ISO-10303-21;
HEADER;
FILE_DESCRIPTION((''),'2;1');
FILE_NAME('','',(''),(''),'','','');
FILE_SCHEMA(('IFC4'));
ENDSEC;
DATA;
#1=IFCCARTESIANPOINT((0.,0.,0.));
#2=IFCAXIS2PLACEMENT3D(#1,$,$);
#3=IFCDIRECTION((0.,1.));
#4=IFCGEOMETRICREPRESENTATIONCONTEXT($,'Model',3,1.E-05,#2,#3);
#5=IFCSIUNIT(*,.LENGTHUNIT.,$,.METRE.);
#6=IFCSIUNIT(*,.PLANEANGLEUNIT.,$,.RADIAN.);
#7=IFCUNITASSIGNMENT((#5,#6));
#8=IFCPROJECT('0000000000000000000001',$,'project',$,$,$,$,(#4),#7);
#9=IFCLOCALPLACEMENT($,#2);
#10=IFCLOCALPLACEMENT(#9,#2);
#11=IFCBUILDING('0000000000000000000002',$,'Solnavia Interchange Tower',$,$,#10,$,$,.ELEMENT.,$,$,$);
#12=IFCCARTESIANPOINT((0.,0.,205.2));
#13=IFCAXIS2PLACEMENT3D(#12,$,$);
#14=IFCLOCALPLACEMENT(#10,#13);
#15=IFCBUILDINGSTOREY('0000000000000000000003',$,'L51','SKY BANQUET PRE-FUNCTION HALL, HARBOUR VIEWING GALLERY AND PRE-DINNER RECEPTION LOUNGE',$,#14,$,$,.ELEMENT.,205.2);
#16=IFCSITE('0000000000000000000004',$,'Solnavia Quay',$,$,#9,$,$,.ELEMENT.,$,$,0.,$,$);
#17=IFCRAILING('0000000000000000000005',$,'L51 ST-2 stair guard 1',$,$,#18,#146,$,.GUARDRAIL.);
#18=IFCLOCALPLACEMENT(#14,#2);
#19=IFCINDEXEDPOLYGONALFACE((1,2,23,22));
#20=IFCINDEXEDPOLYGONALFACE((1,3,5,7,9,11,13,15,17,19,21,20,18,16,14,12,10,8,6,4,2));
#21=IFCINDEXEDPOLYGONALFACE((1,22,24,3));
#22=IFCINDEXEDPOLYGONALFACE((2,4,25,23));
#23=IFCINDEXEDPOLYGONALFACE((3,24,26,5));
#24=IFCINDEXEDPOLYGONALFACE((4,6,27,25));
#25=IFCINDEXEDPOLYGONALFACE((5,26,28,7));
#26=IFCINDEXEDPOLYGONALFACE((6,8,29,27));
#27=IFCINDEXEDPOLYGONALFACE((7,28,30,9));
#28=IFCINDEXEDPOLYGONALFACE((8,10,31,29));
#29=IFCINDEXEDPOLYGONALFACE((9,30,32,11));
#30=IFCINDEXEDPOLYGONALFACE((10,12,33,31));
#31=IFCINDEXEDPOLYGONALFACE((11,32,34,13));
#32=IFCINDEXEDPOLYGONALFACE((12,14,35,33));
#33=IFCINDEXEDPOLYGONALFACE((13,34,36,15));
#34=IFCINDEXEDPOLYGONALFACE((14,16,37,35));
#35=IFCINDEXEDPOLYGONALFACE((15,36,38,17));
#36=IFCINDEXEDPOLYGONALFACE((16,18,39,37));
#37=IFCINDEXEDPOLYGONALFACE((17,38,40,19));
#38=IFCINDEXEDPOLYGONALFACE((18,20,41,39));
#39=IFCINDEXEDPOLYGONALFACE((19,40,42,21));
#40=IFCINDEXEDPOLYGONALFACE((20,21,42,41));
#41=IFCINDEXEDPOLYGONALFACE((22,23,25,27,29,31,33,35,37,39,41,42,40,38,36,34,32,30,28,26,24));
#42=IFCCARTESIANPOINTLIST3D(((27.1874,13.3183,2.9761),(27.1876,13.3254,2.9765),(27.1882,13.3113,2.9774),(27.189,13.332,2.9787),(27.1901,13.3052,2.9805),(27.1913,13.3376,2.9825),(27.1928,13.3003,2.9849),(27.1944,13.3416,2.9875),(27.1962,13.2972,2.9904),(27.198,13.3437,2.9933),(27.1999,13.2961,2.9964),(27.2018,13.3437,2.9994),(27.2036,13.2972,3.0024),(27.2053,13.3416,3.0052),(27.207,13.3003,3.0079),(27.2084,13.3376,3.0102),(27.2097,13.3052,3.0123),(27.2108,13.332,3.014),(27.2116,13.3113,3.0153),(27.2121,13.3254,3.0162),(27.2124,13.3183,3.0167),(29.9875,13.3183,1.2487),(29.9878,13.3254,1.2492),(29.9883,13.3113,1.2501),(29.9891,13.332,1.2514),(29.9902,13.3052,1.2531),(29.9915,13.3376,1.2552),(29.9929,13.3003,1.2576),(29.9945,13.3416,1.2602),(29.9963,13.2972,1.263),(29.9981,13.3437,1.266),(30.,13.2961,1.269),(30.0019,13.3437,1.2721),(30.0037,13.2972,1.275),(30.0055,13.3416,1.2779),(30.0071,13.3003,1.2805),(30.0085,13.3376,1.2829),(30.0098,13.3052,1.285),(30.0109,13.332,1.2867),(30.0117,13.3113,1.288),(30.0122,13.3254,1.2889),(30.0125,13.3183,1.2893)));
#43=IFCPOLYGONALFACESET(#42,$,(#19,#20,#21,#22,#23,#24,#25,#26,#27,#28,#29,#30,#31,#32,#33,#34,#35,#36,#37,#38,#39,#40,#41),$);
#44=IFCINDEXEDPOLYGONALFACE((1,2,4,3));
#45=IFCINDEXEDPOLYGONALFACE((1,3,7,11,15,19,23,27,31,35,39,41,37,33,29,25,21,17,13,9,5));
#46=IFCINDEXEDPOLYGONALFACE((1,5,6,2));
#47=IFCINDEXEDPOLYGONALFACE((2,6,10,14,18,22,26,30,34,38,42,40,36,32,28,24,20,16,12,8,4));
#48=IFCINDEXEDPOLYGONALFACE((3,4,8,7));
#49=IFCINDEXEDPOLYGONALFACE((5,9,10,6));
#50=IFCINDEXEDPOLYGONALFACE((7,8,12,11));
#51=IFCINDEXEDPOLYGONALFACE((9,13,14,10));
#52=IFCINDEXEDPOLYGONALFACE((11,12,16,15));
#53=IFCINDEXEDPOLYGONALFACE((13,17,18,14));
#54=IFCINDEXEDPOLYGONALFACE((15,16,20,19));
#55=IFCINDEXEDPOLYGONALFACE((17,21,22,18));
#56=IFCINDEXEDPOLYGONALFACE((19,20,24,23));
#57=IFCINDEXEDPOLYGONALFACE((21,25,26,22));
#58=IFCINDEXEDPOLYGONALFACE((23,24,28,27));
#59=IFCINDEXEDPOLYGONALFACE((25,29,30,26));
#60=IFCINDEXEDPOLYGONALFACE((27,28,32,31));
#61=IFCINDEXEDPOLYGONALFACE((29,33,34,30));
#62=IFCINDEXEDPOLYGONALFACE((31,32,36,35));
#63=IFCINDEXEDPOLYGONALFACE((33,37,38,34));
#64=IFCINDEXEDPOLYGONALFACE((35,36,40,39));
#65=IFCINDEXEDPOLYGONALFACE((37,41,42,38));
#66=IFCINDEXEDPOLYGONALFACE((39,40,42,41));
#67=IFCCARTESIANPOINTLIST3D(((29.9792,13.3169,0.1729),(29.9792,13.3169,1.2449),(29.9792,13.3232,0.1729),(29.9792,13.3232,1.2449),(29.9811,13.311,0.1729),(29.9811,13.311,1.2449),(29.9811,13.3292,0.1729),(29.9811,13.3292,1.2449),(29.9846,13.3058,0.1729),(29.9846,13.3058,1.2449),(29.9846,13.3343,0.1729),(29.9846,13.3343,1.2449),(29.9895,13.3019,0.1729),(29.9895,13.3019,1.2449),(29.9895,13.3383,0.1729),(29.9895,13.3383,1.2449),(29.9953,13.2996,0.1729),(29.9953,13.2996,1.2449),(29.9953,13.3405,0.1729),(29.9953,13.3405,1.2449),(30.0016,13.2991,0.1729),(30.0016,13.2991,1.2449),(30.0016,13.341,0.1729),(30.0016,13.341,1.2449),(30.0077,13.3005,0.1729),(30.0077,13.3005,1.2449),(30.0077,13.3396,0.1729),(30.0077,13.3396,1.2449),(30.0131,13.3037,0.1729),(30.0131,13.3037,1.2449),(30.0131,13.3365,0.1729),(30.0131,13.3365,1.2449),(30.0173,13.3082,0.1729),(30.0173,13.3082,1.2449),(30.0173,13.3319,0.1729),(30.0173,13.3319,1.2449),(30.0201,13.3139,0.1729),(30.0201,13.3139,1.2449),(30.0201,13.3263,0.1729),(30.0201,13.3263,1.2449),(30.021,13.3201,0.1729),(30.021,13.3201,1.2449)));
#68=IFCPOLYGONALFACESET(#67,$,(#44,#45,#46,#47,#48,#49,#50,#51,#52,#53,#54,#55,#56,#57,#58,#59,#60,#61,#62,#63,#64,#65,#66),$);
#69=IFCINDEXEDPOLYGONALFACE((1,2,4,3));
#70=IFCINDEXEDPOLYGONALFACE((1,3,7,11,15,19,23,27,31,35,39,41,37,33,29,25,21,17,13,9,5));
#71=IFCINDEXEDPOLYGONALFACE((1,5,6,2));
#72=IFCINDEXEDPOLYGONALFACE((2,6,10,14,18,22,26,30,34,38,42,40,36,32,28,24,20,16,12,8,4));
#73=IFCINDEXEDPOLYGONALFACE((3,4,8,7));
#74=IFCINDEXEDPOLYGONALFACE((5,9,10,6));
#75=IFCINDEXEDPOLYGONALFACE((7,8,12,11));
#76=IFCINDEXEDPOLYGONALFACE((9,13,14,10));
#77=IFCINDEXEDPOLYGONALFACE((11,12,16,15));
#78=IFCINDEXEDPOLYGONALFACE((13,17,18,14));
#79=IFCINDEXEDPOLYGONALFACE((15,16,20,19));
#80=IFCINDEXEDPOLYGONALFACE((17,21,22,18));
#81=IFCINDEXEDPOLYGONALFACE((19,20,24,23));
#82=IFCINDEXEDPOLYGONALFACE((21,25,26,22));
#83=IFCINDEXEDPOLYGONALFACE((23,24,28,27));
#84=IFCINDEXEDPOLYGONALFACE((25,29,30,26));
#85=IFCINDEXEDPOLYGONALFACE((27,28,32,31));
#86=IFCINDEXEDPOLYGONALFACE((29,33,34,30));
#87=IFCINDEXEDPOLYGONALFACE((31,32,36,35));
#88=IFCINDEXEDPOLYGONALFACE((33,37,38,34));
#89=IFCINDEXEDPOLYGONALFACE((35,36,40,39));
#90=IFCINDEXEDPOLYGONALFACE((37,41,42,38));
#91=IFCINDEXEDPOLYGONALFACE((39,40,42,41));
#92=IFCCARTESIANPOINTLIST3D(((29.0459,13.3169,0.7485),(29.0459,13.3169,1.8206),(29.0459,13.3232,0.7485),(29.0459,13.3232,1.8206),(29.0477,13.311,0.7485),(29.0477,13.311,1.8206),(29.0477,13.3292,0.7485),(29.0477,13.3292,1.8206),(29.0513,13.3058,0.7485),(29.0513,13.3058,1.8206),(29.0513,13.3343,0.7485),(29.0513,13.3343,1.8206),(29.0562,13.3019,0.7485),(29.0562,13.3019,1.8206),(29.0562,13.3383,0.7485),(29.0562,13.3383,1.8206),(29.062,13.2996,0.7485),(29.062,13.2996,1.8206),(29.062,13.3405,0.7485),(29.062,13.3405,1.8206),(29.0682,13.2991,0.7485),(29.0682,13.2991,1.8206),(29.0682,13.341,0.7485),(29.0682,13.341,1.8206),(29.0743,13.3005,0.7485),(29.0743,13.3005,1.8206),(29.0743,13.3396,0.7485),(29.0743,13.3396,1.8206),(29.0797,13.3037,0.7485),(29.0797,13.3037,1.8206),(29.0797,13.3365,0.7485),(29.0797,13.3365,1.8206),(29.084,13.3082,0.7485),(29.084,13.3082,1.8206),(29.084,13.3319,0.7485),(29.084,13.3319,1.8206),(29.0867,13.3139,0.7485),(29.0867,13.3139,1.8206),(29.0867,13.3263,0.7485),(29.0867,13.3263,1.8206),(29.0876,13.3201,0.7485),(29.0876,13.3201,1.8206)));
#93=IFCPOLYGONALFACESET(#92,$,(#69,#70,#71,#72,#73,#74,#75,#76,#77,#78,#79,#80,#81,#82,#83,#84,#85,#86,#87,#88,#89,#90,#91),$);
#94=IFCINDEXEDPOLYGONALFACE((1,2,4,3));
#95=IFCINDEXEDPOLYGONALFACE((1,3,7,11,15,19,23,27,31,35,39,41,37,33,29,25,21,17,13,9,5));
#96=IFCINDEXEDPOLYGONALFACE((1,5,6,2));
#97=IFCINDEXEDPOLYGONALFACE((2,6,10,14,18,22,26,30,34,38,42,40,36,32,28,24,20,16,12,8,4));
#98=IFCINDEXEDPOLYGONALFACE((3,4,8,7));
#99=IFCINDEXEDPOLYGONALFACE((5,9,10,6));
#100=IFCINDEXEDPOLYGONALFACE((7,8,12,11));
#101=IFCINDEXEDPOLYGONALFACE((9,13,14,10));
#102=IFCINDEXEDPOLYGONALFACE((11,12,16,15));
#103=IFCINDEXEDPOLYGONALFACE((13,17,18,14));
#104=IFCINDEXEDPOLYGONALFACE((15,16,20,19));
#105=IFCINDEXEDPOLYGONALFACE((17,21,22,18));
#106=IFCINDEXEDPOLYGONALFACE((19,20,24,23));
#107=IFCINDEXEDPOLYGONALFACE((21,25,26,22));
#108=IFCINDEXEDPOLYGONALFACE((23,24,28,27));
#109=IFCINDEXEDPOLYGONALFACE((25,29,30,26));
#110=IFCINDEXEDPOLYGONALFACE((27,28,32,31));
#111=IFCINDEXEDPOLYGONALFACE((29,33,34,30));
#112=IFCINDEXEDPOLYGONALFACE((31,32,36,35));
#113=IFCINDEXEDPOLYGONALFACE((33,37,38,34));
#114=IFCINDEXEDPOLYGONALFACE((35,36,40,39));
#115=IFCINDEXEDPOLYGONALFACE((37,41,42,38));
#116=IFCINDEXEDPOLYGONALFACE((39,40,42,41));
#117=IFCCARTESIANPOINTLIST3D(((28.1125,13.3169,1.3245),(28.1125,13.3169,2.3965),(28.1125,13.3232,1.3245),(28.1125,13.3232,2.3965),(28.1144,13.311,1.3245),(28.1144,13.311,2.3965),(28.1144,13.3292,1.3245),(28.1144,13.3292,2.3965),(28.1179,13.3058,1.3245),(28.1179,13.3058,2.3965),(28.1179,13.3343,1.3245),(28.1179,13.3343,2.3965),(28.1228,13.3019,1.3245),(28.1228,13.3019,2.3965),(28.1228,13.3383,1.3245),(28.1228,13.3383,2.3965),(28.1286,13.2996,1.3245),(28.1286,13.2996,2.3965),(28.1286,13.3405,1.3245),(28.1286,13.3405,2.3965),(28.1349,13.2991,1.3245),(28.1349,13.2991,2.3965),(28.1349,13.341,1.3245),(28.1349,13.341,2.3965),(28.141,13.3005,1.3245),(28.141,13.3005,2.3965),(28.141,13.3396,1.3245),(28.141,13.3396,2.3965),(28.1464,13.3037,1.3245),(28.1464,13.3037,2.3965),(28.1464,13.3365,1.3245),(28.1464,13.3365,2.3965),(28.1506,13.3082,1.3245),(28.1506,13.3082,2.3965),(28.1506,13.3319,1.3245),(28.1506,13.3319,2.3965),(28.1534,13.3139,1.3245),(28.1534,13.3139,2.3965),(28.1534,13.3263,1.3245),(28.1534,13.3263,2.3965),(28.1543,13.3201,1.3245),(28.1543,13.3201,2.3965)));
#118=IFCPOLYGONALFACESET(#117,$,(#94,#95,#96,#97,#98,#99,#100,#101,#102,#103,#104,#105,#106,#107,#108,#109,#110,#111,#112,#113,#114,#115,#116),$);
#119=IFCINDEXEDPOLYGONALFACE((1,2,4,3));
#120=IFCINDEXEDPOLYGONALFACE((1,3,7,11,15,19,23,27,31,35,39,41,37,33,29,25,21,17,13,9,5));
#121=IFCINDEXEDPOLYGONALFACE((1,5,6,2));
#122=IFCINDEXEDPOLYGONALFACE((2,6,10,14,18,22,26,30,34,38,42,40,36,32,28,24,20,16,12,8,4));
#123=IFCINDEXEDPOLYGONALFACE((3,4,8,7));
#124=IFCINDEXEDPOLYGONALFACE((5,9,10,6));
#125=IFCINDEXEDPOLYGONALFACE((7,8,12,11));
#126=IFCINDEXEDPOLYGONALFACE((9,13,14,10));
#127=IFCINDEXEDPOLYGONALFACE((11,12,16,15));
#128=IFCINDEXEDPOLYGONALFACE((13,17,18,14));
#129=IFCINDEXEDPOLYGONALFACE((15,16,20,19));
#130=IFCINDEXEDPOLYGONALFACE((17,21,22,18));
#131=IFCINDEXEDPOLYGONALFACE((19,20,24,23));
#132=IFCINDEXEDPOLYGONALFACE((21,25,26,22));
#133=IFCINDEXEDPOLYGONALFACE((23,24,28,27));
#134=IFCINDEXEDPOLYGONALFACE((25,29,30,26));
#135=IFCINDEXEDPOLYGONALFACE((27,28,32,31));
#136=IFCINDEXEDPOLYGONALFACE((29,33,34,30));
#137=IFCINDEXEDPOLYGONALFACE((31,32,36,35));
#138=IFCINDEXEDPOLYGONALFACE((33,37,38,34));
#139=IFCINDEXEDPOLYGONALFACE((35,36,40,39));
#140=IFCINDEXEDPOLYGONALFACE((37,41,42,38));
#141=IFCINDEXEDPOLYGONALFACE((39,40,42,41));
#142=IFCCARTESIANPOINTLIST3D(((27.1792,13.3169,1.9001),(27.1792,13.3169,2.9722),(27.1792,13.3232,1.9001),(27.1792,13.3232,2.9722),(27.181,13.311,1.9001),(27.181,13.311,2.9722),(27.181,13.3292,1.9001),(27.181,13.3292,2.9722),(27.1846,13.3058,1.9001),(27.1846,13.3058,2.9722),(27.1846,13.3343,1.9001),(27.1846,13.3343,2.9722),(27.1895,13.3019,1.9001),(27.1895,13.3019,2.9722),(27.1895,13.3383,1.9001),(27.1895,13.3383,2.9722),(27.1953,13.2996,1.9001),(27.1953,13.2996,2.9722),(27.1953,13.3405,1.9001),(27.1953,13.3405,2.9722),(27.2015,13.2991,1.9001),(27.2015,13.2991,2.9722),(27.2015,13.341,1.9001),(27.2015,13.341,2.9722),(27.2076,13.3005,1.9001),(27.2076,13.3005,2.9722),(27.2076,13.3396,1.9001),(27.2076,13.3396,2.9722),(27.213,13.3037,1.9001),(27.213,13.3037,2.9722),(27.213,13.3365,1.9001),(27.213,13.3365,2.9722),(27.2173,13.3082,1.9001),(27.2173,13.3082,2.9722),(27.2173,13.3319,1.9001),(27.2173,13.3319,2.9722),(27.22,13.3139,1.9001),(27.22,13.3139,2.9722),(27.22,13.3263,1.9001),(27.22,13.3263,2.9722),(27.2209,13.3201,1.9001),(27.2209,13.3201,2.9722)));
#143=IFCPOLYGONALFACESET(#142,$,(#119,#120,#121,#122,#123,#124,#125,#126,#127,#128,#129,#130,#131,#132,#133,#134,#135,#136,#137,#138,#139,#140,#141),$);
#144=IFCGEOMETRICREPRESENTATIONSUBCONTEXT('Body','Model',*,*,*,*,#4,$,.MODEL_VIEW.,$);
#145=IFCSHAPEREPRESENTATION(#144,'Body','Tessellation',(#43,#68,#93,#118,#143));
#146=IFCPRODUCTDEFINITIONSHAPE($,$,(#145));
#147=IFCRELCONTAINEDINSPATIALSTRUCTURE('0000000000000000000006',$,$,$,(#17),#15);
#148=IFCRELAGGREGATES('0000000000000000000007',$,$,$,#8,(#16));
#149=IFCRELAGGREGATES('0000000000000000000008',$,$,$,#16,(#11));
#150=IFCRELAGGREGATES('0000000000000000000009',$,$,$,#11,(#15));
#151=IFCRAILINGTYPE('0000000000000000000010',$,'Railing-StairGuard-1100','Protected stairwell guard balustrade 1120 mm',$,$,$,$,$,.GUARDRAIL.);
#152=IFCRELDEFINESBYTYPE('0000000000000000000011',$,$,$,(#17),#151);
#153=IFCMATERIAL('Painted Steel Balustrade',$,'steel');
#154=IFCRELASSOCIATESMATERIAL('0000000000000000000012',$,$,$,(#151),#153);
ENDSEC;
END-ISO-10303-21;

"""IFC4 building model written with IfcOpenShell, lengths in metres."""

from ifc_helpers import new_model, si_unit, direction, frame, origin, origin_2d, place, context, subcontext, project, spatial, circle, extrude, material, type_object, element, save


model = new_model("IFC4")

# Units and contexts
model_context = context("Model", 3, precision=1e-05, world=origin(), true_north=direction((0.0, 1.0)))
body_context = subcontext(model_context, "Body", "Model", "MODEL_VIEW")
ifc_project = project(units=[si_unit("LENGTHUNIT", "METRE"), si_unit("PLANEANGLEUNIT", "RADIAN")], contexts=[model_context])

# Site, building, storey
site_placement = place(None, origin())
site = spatial("IfcSite", under=ifc_project, at=site_placement, Name="Solnavia Quay", CompositionType="ELEMENT", RefElevation=0.0)
building_placement = place(site_placement, origin())
building = spatial("IfcBuilding", under=site, at=building_placement, Name="Solnavia Interchange Tower", CompositionType="ELEMENT")
storey_placement = place(building_placement, frame((0.0, 0.0, 205.2)))
storey = spatial("IfcBuildingStorey", under=building, at=storey_placement, Name="L51", Description="SKY BANQUET PRE-FUNCTION HALL, HARBOUR VIEWING GALLERY AND PRE-DINNER RECEPTION LOUNGE", CompositionType="ELEMENT", Elevation=205.2)

# Railing
ifc_material_1 = material(Name="Painted Steel Balustrade", Category="steel")
railing_type = type_object("IfcRailingType", Name="Railing-StairGuard-1100", Description="Protected stairwell guard balustrade 1120 mm", PredefinedType="GUARDRAIL", material=ifc_material_1)
railing_1_placement = place(storey_placement, frame((30.0, 13.3201, 0.1729)))
element("IfcRailing", 1, at=railing_1_placement, inside=storey, type_object=railing_type, Name="L51 ST-2 stair guard 1", PredefinedType="GUARDRAIL", context=body_context, shape_type="SweptSolid", body=[
    extrude(circle(Radius=0.0239, at=origin_2d()), frame((0.0, 0.0, 1.0962), z_axis=(-0.85109, 0.0, 0.52502), x_axis=(0.0, -1.0, 0.0)), (0.0, 0.0, 1.0), 3.29),
    extrude(circle(Radius=0.021, at=origin_2d()), origin(), (0.0, 0.0, 1.0), 1.072),
    extrude(circle(Radius=0.021, at=origin_2d()), frame((-0.9333, 0.0, 0.5757)), (0.0, 0.0, 1.0), 1.072),
    extrude(circle(Radius=0.021, at=origin_2d()), frame((-1.8667, 0.0, 1.1516)), (0.0, 0.0, 1.0), 1.072),
    extrude(circle(Radius=0.021, at=origin_2d()), frame((-2.8, 0.0, 1.7273)), (0.0, 0.0, 1.0), 1.072),
])

save(model, "model.ifc")
